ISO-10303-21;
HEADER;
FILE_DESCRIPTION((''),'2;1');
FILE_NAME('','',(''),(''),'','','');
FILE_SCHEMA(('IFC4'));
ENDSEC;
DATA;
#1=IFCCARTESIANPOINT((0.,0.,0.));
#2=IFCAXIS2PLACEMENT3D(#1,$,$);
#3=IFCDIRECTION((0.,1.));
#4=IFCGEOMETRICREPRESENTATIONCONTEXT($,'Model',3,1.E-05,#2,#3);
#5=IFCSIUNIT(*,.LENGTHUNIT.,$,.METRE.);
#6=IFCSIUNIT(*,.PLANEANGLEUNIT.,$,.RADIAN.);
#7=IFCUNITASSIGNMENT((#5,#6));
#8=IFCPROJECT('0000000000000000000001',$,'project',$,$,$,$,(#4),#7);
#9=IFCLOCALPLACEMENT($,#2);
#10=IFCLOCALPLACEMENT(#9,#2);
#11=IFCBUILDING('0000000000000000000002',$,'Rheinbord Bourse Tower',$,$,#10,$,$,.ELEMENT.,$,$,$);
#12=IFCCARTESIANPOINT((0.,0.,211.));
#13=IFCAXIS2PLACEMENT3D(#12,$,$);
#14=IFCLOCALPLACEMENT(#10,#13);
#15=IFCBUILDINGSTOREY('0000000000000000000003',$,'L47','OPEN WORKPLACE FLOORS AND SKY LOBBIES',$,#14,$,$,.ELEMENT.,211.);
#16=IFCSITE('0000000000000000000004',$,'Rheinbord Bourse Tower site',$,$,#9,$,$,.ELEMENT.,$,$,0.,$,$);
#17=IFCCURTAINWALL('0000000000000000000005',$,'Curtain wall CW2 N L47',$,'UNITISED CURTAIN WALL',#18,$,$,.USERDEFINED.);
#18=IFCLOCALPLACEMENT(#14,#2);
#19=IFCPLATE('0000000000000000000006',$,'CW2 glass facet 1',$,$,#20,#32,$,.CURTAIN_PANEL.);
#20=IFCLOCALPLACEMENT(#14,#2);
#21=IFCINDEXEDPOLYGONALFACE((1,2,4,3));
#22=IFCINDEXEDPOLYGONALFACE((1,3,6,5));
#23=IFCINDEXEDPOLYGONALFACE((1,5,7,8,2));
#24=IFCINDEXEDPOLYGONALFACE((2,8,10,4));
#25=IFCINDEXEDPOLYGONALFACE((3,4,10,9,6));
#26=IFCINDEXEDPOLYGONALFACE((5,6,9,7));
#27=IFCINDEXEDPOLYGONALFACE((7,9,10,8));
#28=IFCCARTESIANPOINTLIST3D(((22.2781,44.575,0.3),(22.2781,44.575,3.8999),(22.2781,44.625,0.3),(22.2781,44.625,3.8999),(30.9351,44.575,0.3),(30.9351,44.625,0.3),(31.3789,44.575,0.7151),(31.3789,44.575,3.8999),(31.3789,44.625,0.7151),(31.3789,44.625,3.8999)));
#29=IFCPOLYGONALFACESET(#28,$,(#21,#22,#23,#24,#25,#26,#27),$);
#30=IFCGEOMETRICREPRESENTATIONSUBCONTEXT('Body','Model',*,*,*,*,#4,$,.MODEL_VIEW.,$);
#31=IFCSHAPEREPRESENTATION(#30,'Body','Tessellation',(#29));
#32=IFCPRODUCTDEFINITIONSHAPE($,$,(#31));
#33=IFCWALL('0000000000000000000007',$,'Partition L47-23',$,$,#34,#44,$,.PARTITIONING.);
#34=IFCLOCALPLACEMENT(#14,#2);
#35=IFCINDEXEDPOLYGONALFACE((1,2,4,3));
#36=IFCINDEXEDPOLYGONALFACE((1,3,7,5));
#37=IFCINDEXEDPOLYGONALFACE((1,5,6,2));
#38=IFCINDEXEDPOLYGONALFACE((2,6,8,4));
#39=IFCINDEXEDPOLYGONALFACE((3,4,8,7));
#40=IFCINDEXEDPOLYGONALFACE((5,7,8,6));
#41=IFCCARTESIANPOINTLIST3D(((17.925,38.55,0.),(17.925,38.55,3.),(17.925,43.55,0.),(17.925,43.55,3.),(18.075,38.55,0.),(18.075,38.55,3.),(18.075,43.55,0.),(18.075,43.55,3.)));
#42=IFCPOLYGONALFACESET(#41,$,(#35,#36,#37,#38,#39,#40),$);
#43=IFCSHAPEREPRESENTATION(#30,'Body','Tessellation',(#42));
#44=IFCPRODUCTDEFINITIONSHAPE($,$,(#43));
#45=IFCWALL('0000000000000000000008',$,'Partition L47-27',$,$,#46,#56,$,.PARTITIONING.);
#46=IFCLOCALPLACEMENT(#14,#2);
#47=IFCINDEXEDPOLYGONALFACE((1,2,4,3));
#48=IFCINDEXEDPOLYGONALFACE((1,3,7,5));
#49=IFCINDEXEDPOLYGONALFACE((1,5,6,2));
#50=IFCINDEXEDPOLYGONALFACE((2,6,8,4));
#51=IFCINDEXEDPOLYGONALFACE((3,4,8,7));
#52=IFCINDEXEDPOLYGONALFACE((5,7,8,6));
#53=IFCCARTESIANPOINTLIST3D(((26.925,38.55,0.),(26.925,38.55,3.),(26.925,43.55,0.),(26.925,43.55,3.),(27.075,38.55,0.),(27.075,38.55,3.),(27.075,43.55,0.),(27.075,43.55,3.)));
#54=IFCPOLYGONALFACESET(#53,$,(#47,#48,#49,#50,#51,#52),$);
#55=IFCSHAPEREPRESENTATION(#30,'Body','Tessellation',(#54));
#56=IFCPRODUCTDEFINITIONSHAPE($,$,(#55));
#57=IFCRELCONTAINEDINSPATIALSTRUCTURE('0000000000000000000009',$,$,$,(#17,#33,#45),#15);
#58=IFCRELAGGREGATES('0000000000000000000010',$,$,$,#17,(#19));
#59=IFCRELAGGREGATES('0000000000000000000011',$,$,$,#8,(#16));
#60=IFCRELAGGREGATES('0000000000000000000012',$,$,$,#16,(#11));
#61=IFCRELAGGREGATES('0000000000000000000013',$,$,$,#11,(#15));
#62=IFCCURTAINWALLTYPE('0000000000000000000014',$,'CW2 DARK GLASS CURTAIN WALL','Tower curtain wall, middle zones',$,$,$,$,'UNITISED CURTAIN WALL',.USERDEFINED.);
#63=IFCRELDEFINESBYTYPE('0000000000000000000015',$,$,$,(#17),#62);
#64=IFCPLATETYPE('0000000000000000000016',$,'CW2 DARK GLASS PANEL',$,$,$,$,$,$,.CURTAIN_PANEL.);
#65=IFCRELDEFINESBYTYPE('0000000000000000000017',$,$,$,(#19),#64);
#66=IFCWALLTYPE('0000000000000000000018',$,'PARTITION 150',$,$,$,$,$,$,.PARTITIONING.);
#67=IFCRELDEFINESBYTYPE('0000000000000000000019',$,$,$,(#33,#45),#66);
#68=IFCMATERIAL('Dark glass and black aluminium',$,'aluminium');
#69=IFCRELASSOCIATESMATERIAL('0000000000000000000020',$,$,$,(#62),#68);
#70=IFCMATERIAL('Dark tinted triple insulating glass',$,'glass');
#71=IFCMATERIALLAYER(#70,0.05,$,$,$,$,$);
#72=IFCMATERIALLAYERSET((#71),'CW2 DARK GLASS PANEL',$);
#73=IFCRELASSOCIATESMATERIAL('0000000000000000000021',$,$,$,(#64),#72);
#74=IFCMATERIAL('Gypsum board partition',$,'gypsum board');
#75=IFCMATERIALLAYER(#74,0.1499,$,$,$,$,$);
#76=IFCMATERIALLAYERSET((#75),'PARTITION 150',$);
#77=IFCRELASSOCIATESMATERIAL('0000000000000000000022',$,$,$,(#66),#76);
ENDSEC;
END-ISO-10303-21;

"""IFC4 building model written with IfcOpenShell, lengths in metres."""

from ifc_helpers import new_model, si_unit, direction, frame, frame_2d, origin, place, context, subcontext, project, spatial, polyline, rectangle, outline, extrude, material, layer, layer_set, type_object, element, aggregate, save


model = new_model("IFC4")

# Units and contexts
model_context = context("Model", 3, precision=1e-05, world=origin(), true_north=direction((0.0, 1.0)))
body_context = subcontext(model_context, "Body", "Model", "MODEL_VIEW")
ifc_project = project(units=[si_unit("LENGTHUNIT", "METRE"), si_unit("PLANEANGLEUNIT", "RADIAN")], contexts=[model_context])

# Site, building, storey
site_placement = place(None, origin())
site = spatial("IfcSite", under=ifc_project, at=site_placement, Name="Rheinbord Bourse Tower site", CompositionType="ELEMENT", RefElevation=0.0)
building_placement = place(site_placement, origin())
building = spatial("IfcBuilding", under=site, at=building_placement, Name="Rheinbord Bourse Tower", CompositionType="ELEMENT")
storey_placement = place(building_placement, frame((0.0, 0.0, 211.0)))
storey = spatial("IfcBuildingStorey", under=building, at=storey_placement, Name="L47", Description="OPEN WORKPLACE FLOORS AND SKY LOBBIES", CompositionType="ELEMENT", Elevation=211.0)

# Curtain wall
ifc_material_1 = material(Name="Dark glass and black aluminium", Category="aluminium")
curtain_wall_type = type_object("IfcCurtainWallType", Name="CW2 DARK GLASS CURTAIN WALL", Description="Tower curtain wall, middle zones", ElementType="UNITISED CURTAIN WALL", PredefinedType="USERDEFINED", material=ifc_material_1)
curtain_wall_placement = place(storey_placement, origin())
curtain_wall = element("IfcCurtainWall", 1, at=curtain_wall_placement, inside=storey, type_object=curtain_wall_type, Name="Curtain wall CW2 N L47", ObjectType="UNITISED CURTAIN WALL", PredefinedType="USERDEFINED")

# Plate
ifc_material_2 = material(Name="Dark tinted triple insulating glass", Category="glass")
ifc_layer_1 = layer(ifc_material_2, 0.05)
ifc_layer_set_1 = layer_set([ifc_layer_1], Name="CW2 DARK GLASS PANEL")
plate_type = type_object("IfcPlateType", Name="CW2 DARK GLASS PANEL", PredefinedType="CURTAIN_PANEL", material=ifc_layer_set_1)
plate_1_placement = place(storey_placement, frame((31.3789, 44.625, 3.8999), z_axis=(0.0, -1.0, 0.0), x_axis=(-1.0, 0.0, 0.0)))
plate_1 = element("IfcPlate", 2, at=plate_1_placement, type_object=plate_type, Name="CW2 glass facet 1", PredefinedType="CURTAIN_PANEL", context=body_context, shape_type="SweptSolid", body=[
    extrude(outline(polyline([(0.0, 0.0), (9.1008, 0.0), (9.1008, 3.5999), (0.4438, 3.5999), (0.0, 3.1848), (0.0, 0.0)])), origin(), (0.0, 0.0, 1.0), 0.05),
])
aggregate(curtain_wall, [plate_1])

# Walls
ifc_material_3 = material(Name="Gypsum board partition", Category="gypsum board")
ifc_layer_2 = layer(ifc_material_3, 0.1499)
ifc_layer_set_2 = layer_set([ifc_layer_2], Name="PARTITION 150")
wall_type = type_object("IfcWallType", Name="PARTITION 150", PredefinedType="PARTITIONING", material=ifc_layer_set_2)
for number, where, z_axis, x_axis, name in (
    (3, (18.0, 38.55, 0.0), (0.0, 0.0, 1.0), (0.0, 1.0, 0.0), "Partition L47-23"),
    (4, (27.0, 38.55, 0.0), (0.0, 0.0, 1.0), (0.0, 1.0, 0.0), "Partition L47-27"),
):
    element("IfcWall", number, at=place(storey_placement, frame(where, z_axis=z_axis, x_axis=x_axis)), inside=storey, type_object=wall_type, Name=name, PredefinedType="PARTITIONING", context=body_context, shape_type="SweptSolid", body=[
        extrude(rectangle(XDim=5.0, YDim=0.1499, at=frame_2d((2.5, 0.0))), origin(), (0.0, 0.0, 1.0), 3.0),
    ])

save(model, "model.ifc")
